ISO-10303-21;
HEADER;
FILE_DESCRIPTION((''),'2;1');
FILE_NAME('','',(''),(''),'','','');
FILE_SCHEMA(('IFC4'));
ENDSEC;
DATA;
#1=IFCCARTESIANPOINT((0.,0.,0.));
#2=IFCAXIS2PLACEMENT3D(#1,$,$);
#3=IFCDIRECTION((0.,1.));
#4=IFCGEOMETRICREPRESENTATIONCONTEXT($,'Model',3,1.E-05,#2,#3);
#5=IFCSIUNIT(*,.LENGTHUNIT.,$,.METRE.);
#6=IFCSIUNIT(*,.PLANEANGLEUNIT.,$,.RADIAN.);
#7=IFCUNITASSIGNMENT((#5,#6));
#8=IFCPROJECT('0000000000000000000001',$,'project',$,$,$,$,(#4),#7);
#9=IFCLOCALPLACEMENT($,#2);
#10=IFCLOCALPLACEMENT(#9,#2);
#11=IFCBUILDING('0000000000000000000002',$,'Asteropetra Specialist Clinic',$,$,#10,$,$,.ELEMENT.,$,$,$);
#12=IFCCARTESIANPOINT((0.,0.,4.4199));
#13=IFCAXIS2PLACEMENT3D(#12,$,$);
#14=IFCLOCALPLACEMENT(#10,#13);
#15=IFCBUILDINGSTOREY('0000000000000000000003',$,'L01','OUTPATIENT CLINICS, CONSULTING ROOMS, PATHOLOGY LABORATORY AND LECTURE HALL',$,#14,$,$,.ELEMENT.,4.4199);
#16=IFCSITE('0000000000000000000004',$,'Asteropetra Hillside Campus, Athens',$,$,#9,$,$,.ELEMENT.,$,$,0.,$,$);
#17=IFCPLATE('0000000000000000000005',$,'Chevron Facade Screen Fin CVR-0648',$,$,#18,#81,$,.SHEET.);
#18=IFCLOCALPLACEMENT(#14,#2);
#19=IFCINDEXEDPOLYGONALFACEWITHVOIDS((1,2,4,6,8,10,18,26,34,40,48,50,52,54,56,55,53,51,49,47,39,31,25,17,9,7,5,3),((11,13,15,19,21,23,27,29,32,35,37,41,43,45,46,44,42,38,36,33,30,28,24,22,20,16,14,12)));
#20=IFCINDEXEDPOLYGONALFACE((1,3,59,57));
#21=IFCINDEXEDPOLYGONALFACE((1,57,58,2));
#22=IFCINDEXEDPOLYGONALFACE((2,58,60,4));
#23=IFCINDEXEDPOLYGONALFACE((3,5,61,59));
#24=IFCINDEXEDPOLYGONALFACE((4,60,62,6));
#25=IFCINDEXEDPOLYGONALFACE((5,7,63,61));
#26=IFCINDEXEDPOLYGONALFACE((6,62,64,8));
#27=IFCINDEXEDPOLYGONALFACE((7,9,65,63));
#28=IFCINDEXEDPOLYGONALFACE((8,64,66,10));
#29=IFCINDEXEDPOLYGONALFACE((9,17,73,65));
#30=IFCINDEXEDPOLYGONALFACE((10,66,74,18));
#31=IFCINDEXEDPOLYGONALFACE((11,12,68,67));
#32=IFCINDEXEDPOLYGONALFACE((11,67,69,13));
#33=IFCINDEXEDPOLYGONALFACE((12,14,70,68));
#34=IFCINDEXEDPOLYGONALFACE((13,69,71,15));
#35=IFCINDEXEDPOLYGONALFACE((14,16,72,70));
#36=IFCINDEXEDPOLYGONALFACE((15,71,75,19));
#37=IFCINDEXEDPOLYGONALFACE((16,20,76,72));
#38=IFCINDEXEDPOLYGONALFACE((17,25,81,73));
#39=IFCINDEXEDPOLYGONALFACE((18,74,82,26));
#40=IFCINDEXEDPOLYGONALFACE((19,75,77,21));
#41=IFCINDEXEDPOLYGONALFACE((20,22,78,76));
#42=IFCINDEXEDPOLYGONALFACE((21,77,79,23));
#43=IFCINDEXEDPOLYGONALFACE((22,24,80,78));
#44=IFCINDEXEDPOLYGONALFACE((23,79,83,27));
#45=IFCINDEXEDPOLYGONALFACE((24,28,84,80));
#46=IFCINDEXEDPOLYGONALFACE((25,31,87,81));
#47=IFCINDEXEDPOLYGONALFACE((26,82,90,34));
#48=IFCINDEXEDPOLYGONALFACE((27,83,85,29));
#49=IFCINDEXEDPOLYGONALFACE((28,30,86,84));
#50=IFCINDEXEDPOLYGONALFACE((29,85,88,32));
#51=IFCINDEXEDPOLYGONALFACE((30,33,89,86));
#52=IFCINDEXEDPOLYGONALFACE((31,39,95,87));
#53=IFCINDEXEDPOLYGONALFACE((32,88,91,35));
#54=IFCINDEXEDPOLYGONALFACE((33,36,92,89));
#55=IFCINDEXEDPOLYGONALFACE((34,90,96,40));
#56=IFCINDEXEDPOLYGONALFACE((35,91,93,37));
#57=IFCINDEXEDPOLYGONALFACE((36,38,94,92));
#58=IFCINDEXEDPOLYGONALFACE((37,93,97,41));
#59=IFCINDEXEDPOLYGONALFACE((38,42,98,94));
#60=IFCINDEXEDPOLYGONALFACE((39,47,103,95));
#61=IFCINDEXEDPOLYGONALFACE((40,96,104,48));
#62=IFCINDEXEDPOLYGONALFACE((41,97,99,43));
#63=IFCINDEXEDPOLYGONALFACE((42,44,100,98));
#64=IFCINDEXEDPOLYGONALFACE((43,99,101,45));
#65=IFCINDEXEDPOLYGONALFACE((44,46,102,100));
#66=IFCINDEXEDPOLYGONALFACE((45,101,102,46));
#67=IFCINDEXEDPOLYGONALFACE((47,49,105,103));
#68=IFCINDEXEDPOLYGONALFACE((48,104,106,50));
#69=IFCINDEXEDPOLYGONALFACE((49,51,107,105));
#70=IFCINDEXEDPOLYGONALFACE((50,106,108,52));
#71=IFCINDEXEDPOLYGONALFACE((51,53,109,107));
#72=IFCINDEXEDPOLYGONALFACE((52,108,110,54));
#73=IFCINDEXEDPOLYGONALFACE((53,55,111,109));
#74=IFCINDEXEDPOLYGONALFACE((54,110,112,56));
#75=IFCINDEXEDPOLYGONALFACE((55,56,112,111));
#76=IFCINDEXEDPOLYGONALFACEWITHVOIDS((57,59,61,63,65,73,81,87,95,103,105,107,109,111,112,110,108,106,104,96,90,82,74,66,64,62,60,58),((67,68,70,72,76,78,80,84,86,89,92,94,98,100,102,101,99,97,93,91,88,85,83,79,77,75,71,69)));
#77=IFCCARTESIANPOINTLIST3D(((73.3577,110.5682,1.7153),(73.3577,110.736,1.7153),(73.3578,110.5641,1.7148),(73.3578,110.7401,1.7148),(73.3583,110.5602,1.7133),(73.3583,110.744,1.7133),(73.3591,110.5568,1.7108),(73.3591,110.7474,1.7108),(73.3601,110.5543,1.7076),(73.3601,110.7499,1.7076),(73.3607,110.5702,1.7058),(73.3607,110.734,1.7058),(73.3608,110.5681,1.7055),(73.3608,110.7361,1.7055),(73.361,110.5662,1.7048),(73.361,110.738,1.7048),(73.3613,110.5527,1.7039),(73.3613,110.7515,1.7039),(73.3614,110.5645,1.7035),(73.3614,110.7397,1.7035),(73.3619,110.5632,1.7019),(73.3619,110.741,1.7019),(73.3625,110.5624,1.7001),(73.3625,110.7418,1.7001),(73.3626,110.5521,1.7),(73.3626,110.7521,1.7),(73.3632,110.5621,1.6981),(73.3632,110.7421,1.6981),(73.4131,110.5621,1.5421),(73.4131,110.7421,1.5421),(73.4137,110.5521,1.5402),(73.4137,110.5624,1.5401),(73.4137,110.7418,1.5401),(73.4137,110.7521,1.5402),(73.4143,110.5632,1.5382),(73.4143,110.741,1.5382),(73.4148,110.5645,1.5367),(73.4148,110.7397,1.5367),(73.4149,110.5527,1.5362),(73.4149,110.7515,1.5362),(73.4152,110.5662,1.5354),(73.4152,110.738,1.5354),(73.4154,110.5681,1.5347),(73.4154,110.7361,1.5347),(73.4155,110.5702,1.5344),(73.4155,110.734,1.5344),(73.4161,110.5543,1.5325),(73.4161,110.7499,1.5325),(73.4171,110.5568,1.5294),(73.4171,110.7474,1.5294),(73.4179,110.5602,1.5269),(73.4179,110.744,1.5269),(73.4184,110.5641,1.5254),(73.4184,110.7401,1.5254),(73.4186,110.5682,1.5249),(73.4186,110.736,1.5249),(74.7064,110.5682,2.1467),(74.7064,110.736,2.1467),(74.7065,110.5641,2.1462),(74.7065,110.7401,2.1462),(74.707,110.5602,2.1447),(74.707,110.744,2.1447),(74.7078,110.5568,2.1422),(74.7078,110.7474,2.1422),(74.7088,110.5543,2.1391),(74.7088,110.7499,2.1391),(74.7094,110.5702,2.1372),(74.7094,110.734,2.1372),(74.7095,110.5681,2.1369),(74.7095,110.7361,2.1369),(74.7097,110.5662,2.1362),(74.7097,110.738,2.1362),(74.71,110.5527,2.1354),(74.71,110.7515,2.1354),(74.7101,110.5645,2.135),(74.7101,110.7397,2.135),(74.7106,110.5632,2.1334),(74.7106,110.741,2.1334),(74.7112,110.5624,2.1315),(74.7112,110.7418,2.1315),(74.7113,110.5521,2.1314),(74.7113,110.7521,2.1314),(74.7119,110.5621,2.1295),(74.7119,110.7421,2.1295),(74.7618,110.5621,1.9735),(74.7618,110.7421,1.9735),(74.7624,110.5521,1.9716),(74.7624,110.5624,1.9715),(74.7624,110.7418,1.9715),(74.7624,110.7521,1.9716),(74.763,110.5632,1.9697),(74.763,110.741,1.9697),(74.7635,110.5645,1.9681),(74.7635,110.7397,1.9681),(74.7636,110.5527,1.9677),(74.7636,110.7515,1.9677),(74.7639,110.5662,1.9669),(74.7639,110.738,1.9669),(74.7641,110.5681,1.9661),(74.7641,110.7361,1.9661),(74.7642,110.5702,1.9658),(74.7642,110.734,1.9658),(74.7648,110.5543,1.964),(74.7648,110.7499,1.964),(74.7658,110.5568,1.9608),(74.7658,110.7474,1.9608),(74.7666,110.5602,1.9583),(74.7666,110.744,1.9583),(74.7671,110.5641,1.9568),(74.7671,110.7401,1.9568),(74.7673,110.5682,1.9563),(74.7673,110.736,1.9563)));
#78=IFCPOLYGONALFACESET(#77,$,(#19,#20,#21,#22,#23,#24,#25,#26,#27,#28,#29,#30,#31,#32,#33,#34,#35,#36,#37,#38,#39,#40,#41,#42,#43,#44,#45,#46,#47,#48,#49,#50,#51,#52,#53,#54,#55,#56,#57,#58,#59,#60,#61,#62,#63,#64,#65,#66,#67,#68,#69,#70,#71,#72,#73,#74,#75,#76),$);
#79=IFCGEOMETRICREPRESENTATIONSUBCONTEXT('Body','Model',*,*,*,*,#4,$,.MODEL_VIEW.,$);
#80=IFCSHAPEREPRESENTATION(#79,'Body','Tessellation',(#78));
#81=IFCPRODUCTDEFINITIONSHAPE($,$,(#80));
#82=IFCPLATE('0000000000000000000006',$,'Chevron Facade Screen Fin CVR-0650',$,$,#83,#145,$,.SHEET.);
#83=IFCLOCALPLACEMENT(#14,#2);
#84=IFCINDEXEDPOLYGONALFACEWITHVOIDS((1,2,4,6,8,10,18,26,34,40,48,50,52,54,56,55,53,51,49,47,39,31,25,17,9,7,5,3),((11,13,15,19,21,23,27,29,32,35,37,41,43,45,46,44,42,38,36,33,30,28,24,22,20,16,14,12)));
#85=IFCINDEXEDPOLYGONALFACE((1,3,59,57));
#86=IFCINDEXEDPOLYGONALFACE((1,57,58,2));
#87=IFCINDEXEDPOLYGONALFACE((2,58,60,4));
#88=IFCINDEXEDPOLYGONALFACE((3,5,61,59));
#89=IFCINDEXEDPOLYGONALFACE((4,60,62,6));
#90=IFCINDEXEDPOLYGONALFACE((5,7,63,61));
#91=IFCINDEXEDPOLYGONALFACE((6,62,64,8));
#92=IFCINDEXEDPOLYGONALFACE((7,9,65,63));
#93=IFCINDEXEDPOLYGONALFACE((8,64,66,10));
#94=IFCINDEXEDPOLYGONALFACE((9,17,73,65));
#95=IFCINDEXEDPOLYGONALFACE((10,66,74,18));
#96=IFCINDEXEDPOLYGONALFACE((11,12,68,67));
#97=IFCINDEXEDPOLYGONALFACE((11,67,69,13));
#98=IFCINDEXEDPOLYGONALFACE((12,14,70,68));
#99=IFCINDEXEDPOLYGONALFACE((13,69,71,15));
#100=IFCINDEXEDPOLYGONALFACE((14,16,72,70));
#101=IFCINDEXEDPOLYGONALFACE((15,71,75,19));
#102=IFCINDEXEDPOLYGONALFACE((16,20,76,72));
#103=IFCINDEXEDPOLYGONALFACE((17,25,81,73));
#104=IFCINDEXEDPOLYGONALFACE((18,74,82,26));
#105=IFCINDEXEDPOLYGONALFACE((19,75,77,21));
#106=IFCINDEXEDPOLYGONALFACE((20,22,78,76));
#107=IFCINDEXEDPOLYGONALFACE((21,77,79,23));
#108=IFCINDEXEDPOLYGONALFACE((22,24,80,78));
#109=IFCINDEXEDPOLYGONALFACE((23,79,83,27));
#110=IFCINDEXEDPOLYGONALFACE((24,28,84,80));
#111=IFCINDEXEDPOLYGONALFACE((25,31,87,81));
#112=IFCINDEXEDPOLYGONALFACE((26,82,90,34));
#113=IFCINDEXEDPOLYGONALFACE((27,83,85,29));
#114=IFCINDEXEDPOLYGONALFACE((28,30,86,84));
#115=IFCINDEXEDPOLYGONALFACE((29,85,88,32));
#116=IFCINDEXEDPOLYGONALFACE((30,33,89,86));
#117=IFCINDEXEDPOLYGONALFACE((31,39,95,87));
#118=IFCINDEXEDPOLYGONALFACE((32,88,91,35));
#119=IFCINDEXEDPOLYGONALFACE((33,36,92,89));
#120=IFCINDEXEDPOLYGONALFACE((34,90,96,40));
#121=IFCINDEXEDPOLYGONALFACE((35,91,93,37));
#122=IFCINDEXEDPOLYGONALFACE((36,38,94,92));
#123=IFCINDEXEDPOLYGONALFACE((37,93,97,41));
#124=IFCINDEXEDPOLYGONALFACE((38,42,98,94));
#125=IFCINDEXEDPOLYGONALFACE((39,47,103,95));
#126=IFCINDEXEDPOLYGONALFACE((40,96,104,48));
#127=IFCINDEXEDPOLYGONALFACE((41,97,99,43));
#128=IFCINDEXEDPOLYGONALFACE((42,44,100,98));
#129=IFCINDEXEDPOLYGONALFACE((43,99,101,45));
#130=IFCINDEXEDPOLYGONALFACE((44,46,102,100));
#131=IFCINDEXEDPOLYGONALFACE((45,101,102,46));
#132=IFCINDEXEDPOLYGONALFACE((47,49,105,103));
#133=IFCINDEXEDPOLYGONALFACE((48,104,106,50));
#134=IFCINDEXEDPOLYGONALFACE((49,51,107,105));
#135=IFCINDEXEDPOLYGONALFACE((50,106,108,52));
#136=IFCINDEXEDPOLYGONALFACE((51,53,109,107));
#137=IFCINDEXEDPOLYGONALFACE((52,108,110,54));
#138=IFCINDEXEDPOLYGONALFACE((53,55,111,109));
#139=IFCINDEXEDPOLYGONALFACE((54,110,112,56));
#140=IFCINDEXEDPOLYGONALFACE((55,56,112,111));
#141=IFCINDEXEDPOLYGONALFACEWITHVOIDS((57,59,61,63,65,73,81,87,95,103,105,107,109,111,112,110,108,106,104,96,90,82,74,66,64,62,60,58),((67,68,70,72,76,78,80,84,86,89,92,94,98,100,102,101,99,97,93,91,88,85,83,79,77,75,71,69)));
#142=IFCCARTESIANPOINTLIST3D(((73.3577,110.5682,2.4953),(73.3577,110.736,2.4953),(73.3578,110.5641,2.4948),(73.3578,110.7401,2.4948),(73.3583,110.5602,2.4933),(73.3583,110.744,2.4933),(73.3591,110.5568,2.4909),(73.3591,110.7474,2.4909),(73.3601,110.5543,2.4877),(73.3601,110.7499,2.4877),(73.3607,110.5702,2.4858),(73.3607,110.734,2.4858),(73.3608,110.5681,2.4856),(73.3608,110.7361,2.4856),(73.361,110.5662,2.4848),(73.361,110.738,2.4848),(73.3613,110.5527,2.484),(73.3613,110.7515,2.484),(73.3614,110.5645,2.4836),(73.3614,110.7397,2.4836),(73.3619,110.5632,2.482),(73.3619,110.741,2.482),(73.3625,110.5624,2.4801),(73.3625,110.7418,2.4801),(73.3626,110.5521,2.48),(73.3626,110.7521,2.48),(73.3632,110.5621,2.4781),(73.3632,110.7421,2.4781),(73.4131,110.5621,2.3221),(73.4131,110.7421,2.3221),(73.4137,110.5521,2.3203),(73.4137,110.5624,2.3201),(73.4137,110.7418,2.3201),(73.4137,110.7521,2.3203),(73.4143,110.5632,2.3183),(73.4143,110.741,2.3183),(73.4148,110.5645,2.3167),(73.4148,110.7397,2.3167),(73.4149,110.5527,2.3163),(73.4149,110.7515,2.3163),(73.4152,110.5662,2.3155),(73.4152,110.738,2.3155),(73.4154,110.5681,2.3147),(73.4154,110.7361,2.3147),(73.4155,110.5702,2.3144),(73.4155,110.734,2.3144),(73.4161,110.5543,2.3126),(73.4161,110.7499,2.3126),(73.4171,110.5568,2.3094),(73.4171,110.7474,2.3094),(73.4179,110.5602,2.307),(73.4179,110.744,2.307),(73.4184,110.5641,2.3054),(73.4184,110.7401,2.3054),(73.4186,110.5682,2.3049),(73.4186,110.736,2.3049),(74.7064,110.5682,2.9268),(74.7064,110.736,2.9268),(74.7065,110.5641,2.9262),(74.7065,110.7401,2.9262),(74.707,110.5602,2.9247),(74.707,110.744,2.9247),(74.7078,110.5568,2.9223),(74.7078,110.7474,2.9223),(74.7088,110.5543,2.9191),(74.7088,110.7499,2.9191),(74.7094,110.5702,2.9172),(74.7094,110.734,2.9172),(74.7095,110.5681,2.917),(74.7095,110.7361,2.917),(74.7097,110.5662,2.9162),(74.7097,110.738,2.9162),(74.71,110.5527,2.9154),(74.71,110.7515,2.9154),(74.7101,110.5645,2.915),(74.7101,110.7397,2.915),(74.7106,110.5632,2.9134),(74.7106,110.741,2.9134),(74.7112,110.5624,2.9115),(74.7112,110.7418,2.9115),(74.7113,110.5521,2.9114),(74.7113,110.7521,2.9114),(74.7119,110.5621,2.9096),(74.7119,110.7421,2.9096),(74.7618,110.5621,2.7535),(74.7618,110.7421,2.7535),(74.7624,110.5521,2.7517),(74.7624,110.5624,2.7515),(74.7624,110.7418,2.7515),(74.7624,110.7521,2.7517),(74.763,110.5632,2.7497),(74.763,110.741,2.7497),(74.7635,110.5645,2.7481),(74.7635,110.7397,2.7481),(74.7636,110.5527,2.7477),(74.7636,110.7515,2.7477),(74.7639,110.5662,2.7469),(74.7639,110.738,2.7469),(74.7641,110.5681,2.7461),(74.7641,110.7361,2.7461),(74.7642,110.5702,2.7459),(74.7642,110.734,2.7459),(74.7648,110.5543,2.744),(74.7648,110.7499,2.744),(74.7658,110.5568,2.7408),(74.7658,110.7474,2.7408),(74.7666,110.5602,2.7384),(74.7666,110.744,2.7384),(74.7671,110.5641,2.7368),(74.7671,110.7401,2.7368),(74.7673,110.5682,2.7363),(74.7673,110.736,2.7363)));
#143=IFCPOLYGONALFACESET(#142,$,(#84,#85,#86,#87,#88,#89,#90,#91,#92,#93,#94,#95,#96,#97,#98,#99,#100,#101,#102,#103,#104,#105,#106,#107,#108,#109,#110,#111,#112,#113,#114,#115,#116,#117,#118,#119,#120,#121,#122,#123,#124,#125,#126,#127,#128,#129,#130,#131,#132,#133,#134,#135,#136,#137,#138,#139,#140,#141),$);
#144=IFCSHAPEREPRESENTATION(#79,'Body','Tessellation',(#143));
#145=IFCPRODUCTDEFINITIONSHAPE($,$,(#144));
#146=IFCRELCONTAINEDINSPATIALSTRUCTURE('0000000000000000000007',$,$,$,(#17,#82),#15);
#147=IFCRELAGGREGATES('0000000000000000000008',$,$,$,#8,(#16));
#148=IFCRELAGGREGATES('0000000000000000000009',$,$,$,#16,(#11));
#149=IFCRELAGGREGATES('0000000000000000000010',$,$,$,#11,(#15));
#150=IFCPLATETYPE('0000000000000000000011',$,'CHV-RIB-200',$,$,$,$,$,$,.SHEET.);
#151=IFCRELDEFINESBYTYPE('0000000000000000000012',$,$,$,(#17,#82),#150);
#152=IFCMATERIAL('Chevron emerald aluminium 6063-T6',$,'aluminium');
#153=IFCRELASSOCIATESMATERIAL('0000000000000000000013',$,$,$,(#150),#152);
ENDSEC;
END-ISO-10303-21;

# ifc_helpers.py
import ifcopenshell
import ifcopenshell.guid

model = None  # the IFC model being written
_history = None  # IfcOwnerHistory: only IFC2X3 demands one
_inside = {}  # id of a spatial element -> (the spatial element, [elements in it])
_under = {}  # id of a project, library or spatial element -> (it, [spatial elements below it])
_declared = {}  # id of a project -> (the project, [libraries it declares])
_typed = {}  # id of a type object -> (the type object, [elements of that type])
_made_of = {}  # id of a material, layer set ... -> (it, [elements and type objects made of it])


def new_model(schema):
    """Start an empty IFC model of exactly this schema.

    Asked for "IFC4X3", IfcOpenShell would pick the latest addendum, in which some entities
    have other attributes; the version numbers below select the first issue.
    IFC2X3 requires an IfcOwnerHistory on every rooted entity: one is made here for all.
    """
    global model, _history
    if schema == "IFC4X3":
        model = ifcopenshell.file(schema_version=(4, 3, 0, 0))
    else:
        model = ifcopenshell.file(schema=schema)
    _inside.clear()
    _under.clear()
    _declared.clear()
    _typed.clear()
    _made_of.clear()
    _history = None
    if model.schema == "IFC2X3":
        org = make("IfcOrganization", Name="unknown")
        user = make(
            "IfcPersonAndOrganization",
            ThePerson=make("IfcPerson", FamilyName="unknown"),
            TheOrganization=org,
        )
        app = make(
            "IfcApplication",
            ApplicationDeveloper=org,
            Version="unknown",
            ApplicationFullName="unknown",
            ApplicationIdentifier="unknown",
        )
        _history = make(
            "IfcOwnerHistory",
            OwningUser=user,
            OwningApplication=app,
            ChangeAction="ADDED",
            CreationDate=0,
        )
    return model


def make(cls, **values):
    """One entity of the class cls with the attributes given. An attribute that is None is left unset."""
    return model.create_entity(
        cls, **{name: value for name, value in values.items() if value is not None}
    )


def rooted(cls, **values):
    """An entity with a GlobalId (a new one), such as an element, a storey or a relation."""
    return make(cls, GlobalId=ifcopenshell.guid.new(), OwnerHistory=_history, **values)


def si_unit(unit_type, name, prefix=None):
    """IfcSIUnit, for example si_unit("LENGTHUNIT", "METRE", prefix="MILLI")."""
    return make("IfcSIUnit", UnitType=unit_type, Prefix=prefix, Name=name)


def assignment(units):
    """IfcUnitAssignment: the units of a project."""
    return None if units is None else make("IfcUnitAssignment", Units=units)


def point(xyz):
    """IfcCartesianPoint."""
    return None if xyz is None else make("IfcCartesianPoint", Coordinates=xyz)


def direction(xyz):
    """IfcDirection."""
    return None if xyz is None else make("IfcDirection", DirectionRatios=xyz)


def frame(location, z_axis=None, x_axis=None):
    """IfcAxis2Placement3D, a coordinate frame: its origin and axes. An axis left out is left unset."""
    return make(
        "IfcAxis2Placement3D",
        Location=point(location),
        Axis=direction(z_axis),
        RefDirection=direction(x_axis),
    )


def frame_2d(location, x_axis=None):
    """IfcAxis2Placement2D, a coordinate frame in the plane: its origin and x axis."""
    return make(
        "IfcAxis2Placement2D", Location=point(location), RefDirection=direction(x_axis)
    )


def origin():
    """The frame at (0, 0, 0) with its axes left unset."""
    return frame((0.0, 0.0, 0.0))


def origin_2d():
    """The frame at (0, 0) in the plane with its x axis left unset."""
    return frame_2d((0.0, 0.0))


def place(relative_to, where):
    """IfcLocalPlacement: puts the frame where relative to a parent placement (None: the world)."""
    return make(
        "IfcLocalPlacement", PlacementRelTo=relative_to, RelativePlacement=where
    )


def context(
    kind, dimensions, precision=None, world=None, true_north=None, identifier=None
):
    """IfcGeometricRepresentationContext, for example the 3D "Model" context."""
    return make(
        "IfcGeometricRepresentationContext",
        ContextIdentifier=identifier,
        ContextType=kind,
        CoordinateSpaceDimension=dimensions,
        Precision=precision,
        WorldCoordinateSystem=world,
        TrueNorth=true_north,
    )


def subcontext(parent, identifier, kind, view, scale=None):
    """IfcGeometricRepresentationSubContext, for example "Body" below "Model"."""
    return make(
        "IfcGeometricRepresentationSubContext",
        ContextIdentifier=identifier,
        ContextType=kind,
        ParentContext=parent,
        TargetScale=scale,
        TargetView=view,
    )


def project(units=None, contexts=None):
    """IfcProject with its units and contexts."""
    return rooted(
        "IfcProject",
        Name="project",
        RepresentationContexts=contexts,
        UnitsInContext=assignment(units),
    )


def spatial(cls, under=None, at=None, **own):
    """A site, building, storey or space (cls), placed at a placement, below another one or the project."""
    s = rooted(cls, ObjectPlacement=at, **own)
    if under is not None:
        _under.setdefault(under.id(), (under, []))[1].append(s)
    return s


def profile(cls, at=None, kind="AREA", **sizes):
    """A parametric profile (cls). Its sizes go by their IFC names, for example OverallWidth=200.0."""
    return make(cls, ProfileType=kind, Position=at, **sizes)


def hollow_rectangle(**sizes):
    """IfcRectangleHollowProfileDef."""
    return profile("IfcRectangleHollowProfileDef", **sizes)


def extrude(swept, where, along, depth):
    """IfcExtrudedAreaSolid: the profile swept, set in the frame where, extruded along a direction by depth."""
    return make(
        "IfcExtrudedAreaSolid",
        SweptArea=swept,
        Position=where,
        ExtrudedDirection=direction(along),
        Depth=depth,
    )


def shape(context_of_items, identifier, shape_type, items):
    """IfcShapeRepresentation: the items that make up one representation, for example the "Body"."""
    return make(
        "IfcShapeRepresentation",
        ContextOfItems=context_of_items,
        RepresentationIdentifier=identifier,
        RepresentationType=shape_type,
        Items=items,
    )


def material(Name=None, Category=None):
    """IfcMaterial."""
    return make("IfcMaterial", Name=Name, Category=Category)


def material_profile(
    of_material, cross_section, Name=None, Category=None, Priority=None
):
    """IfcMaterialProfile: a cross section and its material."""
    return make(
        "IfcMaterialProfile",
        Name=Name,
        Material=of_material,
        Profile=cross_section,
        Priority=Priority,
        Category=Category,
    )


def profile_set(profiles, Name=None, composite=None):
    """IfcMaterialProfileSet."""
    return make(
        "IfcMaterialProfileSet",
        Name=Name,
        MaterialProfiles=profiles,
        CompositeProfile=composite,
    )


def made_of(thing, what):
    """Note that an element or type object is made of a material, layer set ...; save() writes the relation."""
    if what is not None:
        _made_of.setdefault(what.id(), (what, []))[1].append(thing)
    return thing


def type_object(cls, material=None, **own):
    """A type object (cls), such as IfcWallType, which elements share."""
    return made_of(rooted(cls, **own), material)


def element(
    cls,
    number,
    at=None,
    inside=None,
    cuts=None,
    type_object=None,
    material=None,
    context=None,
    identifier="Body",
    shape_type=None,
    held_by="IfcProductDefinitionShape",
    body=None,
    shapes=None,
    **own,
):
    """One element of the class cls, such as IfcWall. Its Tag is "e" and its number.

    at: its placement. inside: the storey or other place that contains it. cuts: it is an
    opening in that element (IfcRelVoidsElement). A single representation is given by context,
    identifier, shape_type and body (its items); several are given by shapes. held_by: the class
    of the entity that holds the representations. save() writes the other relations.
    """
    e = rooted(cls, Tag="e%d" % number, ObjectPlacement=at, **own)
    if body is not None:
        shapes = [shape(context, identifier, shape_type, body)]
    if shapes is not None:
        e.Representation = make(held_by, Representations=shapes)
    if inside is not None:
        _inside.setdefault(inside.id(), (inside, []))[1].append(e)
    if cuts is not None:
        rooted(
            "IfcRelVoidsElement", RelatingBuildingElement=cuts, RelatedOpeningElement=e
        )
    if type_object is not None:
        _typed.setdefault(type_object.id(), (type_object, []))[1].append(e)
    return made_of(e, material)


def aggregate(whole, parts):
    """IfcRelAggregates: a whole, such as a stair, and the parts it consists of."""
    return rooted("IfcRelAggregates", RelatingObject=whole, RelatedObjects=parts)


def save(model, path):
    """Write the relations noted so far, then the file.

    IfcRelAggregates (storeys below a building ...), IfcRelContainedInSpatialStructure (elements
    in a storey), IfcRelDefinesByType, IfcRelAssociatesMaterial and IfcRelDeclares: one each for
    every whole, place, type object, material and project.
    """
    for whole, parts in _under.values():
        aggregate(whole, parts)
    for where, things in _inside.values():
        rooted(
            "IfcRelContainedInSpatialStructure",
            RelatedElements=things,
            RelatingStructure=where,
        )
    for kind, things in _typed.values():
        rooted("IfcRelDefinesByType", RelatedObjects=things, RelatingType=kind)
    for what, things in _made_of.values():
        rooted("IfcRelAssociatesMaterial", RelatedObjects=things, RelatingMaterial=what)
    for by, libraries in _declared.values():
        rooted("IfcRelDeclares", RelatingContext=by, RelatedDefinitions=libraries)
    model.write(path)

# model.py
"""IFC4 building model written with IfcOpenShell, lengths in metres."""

from ifc_helpers import new_model, si_unit, direction, frame, origin, origin_2d, place, context, subcontext, project, spatial, hollow_rectangle, extrude, material, material_profile, profile_set, type_object, element, save


model = new_model("IFC4")

# Units and contexts
model_context = context("Model", 3, precision=1e-05, world=origin(), true_north=direction((0.0, 1.0)))
body_context = subcontext(model_context, "Body", "Model", "MODEL_VIEW")
ifc_project = project(units=[si_unit("LENGTHUNIT", "METRE"), si_unit("PLANEANGLEUNIT", "RADIAN")], contexts=[model_context])

# Site, building, storey
site_placement = place(None, origin())
site = spatial("IfcSite", under=ifc_project, at=site_placement, Name="Asteropetra Hillside Campus, Athens", CompositionType="ELEMENT", RefElevation=0.0)
building_placement = place(site_placement, origin())
building = spatial("IfcBuilding", under=site, at=building_placement, Name="Asteropetra Specialist Clinic", CompositionType="ELEMENT")
storey_placement = place(building_placement, frame((0.0, 0.0, 4.4199)))
storey = spatial("IfcBuildingStorey", under=building, at=storey_placement, Name="L01", Description="OUTPATIENT CLINICS, CONSULTING ROOMS, PATHOLOGY LABORATORY AND LECTURE HALL", CompositionType="ELEMENT", Elevation=4.4199)

# Plates
ifc_material_1 = material(Name="Chevron emerald aluminium 6063-T6", Category="aluminium")
ifc_material_profile_1 = material_profile(ifc_material_1, hollow_rectangle(XDim=0.2, YDim=0.2, WallThickness=0.01, InnerFilletRadius=0.0081, OuterFilletRadius=0.0161, at=origin_2d()), Name="SHS 200x200x10.0")
ifc_profile_set_1 = profile_set([ifc_material_profile_1], Name="Chevron emerald aluminium 6063-T6")
plate_type_1 = type_object("IfcPlateType", Name="CHV-RIB-200", PredefinedType="SHEET", material=ifc_profile_set_1)
for number, where, z_axis, x_axis, name in (
    (1, (74.7368, 110.6521, 2.0515), (-0.952458, 0.0, -0.304669), (0.0, -1.0, 0.0), "Chevron Facade Screen Fin CVR-0648"),
    (2, (74.7368, 110.6521, 2.8315), (-0.952458, 0.0, -0.304669), (0.0, -1.0, 0.0), "Chevron Facade Screen Fin CVR-0650"),
):
    element("IfcPlate", number, at=place(storey_placement, frame(where, z_axis=z_axis, x_axis=x_axis)), inside=storey, type_object=plate_type_1, Name=name, PredefinedType="SHEET", context=body_context, shape_type="SweptSolid", body=[
        extrude(hollow_rectangle(XDim=0.2, YDim=0.2, WallThickness=0.01, InnerFilletRadius=0.0081, OuterFilletRadius=0.0161, at=origin_2d()), origin(), (0.0, 0.0, 1.0), 1.416),
    ])

save(model, "model.ifc")
